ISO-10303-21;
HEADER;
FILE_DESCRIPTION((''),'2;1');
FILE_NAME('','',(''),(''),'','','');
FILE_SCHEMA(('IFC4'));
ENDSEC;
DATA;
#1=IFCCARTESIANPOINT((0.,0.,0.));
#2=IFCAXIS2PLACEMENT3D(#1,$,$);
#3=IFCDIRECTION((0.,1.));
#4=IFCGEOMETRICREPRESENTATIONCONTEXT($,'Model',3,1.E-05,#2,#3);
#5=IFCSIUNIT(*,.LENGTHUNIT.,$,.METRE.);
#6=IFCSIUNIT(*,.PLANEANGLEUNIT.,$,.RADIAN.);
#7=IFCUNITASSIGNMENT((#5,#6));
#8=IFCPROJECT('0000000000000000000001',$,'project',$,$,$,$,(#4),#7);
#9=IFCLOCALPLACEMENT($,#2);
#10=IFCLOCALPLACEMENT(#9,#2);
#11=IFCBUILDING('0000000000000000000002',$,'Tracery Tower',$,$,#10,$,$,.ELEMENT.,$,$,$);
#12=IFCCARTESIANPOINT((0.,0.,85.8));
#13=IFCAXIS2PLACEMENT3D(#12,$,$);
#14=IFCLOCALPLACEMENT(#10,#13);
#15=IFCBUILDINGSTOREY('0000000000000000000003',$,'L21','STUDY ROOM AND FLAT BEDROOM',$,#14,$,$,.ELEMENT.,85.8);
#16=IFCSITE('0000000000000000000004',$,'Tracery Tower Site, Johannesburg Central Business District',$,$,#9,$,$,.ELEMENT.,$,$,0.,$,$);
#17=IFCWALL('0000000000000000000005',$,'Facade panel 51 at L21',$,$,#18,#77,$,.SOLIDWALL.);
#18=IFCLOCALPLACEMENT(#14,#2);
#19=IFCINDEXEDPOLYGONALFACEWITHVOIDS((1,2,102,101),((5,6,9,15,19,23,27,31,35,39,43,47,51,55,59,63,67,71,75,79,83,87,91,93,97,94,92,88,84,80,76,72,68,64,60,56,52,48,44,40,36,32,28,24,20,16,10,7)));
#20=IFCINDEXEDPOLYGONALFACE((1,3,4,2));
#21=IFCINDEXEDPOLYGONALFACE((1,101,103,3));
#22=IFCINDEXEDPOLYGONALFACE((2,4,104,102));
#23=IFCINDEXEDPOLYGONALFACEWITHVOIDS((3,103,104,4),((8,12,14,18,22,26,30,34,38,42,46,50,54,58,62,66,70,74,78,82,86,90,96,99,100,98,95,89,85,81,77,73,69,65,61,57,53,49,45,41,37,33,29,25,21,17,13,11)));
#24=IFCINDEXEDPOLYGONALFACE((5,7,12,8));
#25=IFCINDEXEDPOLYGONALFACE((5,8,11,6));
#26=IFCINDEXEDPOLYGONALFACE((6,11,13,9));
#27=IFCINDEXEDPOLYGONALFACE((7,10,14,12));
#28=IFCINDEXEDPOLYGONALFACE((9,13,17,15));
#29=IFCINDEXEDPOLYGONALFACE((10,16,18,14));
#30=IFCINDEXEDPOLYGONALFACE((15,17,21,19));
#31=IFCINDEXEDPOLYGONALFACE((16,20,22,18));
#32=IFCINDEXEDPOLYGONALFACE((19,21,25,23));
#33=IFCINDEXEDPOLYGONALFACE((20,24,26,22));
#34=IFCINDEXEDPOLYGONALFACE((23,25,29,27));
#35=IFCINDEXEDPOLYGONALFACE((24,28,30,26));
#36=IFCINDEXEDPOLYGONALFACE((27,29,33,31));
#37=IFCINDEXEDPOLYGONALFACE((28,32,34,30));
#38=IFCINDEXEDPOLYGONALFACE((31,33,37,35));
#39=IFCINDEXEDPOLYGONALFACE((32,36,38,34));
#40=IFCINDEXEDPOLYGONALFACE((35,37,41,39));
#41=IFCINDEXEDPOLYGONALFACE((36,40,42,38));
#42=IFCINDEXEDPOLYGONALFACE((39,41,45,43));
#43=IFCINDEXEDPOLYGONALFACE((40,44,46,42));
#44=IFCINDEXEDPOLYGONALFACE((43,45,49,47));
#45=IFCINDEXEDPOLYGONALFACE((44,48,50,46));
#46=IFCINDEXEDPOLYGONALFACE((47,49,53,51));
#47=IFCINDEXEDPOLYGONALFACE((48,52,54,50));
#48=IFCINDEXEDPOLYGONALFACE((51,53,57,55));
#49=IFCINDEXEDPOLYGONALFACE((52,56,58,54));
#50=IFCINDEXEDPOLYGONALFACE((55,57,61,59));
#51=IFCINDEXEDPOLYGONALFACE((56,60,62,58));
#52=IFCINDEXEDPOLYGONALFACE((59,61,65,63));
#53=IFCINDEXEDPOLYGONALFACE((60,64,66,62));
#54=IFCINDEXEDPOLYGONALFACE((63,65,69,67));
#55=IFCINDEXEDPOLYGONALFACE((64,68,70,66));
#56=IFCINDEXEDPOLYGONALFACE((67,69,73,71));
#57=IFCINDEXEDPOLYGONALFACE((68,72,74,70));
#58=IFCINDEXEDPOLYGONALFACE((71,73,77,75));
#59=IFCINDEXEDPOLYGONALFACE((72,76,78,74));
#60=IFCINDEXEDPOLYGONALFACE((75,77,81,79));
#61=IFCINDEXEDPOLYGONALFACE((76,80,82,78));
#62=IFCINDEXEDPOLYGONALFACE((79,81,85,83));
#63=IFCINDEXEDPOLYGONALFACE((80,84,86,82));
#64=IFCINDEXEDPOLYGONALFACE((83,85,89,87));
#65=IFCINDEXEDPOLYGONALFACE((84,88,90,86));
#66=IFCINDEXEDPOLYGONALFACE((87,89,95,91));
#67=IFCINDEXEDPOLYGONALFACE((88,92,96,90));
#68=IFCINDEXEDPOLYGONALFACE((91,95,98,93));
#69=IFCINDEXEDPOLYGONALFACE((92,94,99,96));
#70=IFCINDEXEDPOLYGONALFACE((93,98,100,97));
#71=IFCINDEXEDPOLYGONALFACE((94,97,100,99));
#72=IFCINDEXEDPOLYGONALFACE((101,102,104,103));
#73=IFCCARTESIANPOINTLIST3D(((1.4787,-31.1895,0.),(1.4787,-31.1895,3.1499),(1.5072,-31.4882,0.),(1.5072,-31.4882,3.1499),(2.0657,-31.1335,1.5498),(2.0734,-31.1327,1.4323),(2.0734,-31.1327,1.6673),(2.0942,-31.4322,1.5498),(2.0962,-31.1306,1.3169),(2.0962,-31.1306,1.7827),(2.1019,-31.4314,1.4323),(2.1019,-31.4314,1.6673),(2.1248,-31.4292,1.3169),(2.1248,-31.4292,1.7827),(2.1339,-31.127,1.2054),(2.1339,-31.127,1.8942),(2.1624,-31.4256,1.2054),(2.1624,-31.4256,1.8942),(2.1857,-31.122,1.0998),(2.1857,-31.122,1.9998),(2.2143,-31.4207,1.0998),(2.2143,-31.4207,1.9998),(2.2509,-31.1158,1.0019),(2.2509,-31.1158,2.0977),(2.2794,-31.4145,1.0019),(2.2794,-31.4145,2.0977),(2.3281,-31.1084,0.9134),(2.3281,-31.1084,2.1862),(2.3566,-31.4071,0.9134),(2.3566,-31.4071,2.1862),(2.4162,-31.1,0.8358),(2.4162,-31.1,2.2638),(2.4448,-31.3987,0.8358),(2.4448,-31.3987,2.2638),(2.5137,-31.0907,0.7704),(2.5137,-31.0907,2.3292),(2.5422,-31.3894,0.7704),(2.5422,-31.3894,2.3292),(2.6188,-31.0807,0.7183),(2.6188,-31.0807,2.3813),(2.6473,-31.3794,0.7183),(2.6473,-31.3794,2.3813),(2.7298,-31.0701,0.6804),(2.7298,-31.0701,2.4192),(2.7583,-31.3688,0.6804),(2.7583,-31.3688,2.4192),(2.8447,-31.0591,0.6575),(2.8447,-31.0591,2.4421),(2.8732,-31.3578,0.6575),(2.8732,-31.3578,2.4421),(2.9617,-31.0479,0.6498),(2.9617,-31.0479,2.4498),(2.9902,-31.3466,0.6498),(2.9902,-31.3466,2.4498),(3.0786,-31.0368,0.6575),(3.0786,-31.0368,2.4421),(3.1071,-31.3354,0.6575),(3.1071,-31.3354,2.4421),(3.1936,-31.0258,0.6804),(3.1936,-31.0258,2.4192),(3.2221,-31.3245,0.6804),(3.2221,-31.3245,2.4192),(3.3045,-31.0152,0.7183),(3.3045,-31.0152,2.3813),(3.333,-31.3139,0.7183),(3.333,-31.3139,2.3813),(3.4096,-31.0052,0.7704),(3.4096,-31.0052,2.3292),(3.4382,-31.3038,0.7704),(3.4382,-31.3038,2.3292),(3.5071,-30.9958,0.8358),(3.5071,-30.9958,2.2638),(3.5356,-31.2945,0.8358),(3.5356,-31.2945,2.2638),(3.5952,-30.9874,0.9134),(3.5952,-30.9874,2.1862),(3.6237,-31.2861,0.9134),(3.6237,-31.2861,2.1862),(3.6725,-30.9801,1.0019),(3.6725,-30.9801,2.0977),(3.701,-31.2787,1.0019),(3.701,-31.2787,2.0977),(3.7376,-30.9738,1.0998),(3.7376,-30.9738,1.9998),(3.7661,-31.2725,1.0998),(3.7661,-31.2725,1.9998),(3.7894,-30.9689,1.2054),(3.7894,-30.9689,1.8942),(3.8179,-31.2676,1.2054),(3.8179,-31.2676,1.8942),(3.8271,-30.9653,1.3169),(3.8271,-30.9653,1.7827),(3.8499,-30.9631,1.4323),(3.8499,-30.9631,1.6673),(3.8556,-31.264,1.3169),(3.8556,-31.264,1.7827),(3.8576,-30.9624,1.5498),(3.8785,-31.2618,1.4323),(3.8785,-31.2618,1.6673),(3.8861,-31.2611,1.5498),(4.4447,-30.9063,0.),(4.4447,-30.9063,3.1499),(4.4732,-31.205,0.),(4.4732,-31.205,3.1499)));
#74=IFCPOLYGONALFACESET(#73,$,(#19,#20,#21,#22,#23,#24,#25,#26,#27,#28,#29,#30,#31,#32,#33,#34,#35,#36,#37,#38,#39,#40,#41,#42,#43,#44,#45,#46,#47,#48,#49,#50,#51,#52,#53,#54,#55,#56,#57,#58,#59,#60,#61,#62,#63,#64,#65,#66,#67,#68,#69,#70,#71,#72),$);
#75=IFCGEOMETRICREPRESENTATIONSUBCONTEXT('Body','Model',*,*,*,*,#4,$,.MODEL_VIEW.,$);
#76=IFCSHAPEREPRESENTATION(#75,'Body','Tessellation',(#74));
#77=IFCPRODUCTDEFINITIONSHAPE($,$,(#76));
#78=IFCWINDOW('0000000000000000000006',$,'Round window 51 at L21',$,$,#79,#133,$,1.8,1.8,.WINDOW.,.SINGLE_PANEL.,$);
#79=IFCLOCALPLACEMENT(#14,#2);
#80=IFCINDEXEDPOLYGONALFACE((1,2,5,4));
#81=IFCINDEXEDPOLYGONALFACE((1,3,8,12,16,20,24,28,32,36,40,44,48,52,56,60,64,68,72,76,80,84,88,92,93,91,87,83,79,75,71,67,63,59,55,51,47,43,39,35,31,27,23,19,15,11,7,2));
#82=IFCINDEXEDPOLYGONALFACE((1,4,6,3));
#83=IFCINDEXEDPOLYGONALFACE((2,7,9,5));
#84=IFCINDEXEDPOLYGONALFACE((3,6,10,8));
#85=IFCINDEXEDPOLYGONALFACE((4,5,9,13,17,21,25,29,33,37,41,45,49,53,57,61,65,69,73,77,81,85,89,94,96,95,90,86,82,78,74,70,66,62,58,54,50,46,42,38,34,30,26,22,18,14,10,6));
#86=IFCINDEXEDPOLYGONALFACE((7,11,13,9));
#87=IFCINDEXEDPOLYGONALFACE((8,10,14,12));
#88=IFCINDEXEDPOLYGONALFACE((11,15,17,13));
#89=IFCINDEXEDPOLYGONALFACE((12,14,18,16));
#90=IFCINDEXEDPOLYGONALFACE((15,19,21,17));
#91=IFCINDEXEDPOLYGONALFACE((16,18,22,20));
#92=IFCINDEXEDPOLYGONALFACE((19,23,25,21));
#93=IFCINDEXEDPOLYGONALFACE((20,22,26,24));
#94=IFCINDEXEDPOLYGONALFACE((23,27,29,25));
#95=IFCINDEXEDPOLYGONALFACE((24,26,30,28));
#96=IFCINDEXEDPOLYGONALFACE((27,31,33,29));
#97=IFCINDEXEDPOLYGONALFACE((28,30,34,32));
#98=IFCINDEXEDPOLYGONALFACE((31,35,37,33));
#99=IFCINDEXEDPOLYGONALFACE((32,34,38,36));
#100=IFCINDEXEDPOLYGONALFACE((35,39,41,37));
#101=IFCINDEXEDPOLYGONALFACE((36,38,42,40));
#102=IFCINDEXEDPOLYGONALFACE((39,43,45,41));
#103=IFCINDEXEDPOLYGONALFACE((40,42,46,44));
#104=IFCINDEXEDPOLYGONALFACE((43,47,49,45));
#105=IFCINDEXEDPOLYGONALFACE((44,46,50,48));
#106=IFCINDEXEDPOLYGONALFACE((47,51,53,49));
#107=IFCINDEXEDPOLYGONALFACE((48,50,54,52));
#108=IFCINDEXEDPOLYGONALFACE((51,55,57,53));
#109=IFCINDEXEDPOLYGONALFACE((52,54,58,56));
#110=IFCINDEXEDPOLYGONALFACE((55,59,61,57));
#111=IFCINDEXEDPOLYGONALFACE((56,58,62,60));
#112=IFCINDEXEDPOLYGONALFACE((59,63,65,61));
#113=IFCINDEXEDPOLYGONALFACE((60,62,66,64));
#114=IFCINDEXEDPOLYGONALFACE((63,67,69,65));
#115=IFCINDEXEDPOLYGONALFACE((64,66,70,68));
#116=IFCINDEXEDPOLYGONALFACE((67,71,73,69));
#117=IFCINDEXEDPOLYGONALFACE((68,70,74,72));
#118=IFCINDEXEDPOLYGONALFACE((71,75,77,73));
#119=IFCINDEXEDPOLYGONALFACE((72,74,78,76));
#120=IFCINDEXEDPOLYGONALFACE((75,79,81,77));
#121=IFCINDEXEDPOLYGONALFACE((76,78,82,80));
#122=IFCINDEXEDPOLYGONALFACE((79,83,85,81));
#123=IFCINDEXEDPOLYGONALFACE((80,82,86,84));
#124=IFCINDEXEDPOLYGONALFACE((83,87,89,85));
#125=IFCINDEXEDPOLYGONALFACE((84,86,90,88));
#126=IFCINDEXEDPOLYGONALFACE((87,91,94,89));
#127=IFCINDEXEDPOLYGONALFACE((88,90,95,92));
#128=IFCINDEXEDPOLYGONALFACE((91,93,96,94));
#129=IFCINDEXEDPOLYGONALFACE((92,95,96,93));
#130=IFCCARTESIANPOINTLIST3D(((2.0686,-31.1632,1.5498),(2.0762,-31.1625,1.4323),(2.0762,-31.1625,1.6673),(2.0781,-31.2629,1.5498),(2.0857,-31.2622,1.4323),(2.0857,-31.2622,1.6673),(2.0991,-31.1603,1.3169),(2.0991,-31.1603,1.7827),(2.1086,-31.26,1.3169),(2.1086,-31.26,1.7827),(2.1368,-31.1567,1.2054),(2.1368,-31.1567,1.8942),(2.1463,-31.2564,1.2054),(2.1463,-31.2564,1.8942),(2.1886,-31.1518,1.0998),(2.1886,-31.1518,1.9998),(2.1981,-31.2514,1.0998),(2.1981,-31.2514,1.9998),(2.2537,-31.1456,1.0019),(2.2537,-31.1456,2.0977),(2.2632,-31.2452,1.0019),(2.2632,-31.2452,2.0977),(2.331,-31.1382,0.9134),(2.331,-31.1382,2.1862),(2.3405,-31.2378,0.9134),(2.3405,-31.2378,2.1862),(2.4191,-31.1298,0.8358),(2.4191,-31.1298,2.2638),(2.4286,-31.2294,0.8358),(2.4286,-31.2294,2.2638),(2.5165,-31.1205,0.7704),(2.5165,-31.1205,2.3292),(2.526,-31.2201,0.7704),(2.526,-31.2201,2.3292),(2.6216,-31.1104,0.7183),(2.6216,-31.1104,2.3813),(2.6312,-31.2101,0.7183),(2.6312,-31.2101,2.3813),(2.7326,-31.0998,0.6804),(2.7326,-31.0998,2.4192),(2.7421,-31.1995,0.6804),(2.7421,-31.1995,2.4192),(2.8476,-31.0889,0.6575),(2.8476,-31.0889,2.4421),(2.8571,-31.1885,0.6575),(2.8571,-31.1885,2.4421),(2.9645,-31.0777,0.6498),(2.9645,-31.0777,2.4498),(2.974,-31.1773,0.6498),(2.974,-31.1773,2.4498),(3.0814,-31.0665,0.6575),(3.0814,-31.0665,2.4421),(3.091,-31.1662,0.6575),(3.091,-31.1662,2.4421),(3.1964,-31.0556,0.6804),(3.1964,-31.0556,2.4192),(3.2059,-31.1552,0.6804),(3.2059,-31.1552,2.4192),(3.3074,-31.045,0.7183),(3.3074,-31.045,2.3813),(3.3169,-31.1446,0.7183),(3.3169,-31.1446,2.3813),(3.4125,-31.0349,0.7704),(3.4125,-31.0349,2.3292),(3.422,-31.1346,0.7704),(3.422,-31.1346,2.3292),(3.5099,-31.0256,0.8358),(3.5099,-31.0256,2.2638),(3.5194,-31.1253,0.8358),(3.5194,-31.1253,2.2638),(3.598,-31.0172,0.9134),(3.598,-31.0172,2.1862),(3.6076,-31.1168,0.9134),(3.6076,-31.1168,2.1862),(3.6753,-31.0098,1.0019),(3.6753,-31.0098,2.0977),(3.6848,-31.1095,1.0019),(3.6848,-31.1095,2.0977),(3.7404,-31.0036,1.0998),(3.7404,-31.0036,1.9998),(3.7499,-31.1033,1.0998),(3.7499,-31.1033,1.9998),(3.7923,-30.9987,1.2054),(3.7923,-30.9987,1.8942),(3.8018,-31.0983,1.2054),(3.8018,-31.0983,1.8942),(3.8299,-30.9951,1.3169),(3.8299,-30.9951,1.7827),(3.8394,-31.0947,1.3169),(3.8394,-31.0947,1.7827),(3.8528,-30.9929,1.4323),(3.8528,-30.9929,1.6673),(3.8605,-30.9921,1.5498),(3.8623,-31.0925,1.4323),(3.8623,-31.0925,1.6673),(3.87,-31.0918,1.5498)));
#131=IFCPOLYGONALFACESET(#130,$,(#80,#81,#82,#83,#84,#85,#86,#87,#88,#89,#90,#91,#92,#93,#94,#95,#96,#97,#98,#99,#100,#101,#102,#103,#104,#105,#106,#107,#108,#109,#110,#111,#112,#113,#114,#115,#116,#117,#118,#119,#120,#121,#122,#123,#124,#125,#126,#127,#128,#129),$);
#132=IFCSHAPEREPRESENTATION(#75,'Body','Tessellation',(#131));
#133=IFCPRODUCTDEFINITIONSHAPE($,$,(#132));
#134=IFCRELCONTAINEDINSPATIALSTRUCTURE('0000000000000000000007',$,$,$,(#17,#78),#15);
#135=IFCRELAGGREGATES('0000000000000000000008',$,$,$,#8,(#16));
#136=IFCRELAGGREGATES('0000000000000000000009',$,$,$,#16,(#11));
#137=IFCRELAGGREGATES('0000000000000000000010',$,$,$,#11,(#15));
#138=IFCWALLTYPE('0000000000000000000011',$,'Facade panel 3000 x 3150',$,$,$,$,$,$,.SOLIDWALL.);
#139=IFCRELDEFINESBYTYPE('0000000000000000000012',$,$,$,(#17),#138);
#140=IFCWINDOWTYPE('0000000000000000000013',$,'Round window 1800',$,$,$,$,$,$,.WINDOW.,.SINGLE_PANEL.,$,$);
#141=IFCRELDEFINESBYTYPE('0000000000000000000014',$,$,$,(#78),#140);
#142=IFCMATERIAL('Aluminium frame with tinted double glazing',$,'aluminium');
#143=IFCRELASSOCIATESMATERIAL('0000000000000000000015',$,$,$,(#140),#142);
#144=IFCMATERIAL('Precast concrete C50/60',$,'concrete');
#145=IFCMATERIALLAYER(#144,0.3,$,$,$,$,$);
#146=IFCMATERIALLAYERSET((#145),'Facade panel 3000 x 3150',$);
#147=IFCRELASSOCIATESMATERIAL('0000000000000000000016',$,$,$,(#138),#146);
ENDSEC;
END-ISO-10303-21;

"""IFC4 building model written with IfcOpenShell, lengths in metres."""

from ifc_helpers import new_model, si_unit, direction, frame, frame_2d, origin, origin_2d, place, context, subcontext, project, spatial, rectangle, circle, extrude, material, layer, layer_set, type_object, element, fill, save


model = new_model("IFC4")

# Units and contexts
model_context = context("Model", 3, precision=1e-05, world=origin(), true_north=direction((0.0, 1.0)))
body_context = subcontext(model_context, "Body", "Model", "MODEL_VIEW")
ifc_project = project(units=[si_unit("LENGTHUNIT", "METRE"), si_unit("PLANEANGLEUNIT", "RADIAN")], contexts=[model_context])

# Site, building, storey
site_placement = place(None, origin())
site = spatial("IfcSite", under=ifc_project, at=site_placement, Name="Tracery Tower Site, Johannesburg Central Business District", CompositionType="ELEMENT", RefElevation=0.0)
building_placement = place(site_placement, origin())
building = spatial("IfcBuilding", under=site, at=building_placement, Name="Tracery Tower", CompositionType="ELEMENT")
storey_placement = place(building_placement, frame((0.0, 0.0, 85.8)))
storey = spatial("IfcBuildingStorey", under=building, at=storey_placement, Name="L21", Description="STUDY ROOM AND FLAT BEDROOM", CompositionType="ELEMENT", Elevation=85.8)

# Wall, opening, window
ifc_material_1 = material(Name="Aluminium frame with tinted double glazing", Category="aluminium")
window_type = type_object("IfcWindowType", Name="Round window 1800", PartitioningType="SINGLE_PANEL", PredefinedType="WINDOW", material=ifc_material_1)
ifc_material_2 = material(Name="Precast concrete C50/60", Category="concrete")
ifc_layer_1 = layer(ifc_material_2, 0.3)
ifc_layer_set_1 = layer_set([ifc_layer_1], Name="Facade panel 3000 x 3150")
wall_type_1 = type_object("IfcWallType", Name="Facade panel 3000 x 3150", PredefinedType="SOLIDWALL", material=ifc_layer_set_1)
wall_1_placement = place(storey_placement, frame((1.4929, -31.3389, 0.0), z_axis=(0.0, 0.0, 1.0), x_axis=(0.995473, 0.095049, 0.0)))
wall_1 = element("IfcWall", 1, at=wall_1_placement, inside=storey, type_object=wall_type_1, Name="Facade panel 51 at L21", PredefinedType="SOLIDWALL", context=body_context, shape_type="SweptSolid", body=[
    extrude(rectangle(XDim=2.9795, YDim=0.3, at=frame_2d((1.4897, 0.0))), origin(), (0.0, 0.0, 1.0), 3.1499),
])
opening_1_placement = place(wall_1_placement, frame((1.4897, 0.0, 1.5498)))
opening_1 = element("IfcOpeningElement", 2, at=opening_1_placement, cuts=wall_1, PredefinedType="OPENING", context=body_context, shape_type="SweptSolid", body=[
    extrude(circle(Radius=0.9, at=origin_2d()), frame((0.0, 0.1599, 0.0), z_axis=(0.0, -1.0, 0.0), x_axis=(1.0, 0.0, 0.0)), (0.0, 0.0, 1.0), 0.3201),
])
window_1_placement = place(opening_1_placement, origin())
window_1 = element("IfcWindow", 3, at=window_1_placement, inside=storey, type_object=window_type, Name="Round window 51 at L21", OverallHeight=1.8, OverallWidth=1.8, PartitioningType="SINGLE_PANEL", PredefinedType="WINDOW", context=body_context, shape_type="SweptSolid", body=[
    extrude(circle(Radius=0.9, at=origin_2d()), frame((0.0, 0.1201, 0.0), z_axis=(0.0, -1.0, 0.0), x_axis=(1.0, 0.0, 0.0)), (0.0, 0.0, 1.0), 0.1001),
])
fill(opening_1, window_1)

save(model, "model.ifc")
